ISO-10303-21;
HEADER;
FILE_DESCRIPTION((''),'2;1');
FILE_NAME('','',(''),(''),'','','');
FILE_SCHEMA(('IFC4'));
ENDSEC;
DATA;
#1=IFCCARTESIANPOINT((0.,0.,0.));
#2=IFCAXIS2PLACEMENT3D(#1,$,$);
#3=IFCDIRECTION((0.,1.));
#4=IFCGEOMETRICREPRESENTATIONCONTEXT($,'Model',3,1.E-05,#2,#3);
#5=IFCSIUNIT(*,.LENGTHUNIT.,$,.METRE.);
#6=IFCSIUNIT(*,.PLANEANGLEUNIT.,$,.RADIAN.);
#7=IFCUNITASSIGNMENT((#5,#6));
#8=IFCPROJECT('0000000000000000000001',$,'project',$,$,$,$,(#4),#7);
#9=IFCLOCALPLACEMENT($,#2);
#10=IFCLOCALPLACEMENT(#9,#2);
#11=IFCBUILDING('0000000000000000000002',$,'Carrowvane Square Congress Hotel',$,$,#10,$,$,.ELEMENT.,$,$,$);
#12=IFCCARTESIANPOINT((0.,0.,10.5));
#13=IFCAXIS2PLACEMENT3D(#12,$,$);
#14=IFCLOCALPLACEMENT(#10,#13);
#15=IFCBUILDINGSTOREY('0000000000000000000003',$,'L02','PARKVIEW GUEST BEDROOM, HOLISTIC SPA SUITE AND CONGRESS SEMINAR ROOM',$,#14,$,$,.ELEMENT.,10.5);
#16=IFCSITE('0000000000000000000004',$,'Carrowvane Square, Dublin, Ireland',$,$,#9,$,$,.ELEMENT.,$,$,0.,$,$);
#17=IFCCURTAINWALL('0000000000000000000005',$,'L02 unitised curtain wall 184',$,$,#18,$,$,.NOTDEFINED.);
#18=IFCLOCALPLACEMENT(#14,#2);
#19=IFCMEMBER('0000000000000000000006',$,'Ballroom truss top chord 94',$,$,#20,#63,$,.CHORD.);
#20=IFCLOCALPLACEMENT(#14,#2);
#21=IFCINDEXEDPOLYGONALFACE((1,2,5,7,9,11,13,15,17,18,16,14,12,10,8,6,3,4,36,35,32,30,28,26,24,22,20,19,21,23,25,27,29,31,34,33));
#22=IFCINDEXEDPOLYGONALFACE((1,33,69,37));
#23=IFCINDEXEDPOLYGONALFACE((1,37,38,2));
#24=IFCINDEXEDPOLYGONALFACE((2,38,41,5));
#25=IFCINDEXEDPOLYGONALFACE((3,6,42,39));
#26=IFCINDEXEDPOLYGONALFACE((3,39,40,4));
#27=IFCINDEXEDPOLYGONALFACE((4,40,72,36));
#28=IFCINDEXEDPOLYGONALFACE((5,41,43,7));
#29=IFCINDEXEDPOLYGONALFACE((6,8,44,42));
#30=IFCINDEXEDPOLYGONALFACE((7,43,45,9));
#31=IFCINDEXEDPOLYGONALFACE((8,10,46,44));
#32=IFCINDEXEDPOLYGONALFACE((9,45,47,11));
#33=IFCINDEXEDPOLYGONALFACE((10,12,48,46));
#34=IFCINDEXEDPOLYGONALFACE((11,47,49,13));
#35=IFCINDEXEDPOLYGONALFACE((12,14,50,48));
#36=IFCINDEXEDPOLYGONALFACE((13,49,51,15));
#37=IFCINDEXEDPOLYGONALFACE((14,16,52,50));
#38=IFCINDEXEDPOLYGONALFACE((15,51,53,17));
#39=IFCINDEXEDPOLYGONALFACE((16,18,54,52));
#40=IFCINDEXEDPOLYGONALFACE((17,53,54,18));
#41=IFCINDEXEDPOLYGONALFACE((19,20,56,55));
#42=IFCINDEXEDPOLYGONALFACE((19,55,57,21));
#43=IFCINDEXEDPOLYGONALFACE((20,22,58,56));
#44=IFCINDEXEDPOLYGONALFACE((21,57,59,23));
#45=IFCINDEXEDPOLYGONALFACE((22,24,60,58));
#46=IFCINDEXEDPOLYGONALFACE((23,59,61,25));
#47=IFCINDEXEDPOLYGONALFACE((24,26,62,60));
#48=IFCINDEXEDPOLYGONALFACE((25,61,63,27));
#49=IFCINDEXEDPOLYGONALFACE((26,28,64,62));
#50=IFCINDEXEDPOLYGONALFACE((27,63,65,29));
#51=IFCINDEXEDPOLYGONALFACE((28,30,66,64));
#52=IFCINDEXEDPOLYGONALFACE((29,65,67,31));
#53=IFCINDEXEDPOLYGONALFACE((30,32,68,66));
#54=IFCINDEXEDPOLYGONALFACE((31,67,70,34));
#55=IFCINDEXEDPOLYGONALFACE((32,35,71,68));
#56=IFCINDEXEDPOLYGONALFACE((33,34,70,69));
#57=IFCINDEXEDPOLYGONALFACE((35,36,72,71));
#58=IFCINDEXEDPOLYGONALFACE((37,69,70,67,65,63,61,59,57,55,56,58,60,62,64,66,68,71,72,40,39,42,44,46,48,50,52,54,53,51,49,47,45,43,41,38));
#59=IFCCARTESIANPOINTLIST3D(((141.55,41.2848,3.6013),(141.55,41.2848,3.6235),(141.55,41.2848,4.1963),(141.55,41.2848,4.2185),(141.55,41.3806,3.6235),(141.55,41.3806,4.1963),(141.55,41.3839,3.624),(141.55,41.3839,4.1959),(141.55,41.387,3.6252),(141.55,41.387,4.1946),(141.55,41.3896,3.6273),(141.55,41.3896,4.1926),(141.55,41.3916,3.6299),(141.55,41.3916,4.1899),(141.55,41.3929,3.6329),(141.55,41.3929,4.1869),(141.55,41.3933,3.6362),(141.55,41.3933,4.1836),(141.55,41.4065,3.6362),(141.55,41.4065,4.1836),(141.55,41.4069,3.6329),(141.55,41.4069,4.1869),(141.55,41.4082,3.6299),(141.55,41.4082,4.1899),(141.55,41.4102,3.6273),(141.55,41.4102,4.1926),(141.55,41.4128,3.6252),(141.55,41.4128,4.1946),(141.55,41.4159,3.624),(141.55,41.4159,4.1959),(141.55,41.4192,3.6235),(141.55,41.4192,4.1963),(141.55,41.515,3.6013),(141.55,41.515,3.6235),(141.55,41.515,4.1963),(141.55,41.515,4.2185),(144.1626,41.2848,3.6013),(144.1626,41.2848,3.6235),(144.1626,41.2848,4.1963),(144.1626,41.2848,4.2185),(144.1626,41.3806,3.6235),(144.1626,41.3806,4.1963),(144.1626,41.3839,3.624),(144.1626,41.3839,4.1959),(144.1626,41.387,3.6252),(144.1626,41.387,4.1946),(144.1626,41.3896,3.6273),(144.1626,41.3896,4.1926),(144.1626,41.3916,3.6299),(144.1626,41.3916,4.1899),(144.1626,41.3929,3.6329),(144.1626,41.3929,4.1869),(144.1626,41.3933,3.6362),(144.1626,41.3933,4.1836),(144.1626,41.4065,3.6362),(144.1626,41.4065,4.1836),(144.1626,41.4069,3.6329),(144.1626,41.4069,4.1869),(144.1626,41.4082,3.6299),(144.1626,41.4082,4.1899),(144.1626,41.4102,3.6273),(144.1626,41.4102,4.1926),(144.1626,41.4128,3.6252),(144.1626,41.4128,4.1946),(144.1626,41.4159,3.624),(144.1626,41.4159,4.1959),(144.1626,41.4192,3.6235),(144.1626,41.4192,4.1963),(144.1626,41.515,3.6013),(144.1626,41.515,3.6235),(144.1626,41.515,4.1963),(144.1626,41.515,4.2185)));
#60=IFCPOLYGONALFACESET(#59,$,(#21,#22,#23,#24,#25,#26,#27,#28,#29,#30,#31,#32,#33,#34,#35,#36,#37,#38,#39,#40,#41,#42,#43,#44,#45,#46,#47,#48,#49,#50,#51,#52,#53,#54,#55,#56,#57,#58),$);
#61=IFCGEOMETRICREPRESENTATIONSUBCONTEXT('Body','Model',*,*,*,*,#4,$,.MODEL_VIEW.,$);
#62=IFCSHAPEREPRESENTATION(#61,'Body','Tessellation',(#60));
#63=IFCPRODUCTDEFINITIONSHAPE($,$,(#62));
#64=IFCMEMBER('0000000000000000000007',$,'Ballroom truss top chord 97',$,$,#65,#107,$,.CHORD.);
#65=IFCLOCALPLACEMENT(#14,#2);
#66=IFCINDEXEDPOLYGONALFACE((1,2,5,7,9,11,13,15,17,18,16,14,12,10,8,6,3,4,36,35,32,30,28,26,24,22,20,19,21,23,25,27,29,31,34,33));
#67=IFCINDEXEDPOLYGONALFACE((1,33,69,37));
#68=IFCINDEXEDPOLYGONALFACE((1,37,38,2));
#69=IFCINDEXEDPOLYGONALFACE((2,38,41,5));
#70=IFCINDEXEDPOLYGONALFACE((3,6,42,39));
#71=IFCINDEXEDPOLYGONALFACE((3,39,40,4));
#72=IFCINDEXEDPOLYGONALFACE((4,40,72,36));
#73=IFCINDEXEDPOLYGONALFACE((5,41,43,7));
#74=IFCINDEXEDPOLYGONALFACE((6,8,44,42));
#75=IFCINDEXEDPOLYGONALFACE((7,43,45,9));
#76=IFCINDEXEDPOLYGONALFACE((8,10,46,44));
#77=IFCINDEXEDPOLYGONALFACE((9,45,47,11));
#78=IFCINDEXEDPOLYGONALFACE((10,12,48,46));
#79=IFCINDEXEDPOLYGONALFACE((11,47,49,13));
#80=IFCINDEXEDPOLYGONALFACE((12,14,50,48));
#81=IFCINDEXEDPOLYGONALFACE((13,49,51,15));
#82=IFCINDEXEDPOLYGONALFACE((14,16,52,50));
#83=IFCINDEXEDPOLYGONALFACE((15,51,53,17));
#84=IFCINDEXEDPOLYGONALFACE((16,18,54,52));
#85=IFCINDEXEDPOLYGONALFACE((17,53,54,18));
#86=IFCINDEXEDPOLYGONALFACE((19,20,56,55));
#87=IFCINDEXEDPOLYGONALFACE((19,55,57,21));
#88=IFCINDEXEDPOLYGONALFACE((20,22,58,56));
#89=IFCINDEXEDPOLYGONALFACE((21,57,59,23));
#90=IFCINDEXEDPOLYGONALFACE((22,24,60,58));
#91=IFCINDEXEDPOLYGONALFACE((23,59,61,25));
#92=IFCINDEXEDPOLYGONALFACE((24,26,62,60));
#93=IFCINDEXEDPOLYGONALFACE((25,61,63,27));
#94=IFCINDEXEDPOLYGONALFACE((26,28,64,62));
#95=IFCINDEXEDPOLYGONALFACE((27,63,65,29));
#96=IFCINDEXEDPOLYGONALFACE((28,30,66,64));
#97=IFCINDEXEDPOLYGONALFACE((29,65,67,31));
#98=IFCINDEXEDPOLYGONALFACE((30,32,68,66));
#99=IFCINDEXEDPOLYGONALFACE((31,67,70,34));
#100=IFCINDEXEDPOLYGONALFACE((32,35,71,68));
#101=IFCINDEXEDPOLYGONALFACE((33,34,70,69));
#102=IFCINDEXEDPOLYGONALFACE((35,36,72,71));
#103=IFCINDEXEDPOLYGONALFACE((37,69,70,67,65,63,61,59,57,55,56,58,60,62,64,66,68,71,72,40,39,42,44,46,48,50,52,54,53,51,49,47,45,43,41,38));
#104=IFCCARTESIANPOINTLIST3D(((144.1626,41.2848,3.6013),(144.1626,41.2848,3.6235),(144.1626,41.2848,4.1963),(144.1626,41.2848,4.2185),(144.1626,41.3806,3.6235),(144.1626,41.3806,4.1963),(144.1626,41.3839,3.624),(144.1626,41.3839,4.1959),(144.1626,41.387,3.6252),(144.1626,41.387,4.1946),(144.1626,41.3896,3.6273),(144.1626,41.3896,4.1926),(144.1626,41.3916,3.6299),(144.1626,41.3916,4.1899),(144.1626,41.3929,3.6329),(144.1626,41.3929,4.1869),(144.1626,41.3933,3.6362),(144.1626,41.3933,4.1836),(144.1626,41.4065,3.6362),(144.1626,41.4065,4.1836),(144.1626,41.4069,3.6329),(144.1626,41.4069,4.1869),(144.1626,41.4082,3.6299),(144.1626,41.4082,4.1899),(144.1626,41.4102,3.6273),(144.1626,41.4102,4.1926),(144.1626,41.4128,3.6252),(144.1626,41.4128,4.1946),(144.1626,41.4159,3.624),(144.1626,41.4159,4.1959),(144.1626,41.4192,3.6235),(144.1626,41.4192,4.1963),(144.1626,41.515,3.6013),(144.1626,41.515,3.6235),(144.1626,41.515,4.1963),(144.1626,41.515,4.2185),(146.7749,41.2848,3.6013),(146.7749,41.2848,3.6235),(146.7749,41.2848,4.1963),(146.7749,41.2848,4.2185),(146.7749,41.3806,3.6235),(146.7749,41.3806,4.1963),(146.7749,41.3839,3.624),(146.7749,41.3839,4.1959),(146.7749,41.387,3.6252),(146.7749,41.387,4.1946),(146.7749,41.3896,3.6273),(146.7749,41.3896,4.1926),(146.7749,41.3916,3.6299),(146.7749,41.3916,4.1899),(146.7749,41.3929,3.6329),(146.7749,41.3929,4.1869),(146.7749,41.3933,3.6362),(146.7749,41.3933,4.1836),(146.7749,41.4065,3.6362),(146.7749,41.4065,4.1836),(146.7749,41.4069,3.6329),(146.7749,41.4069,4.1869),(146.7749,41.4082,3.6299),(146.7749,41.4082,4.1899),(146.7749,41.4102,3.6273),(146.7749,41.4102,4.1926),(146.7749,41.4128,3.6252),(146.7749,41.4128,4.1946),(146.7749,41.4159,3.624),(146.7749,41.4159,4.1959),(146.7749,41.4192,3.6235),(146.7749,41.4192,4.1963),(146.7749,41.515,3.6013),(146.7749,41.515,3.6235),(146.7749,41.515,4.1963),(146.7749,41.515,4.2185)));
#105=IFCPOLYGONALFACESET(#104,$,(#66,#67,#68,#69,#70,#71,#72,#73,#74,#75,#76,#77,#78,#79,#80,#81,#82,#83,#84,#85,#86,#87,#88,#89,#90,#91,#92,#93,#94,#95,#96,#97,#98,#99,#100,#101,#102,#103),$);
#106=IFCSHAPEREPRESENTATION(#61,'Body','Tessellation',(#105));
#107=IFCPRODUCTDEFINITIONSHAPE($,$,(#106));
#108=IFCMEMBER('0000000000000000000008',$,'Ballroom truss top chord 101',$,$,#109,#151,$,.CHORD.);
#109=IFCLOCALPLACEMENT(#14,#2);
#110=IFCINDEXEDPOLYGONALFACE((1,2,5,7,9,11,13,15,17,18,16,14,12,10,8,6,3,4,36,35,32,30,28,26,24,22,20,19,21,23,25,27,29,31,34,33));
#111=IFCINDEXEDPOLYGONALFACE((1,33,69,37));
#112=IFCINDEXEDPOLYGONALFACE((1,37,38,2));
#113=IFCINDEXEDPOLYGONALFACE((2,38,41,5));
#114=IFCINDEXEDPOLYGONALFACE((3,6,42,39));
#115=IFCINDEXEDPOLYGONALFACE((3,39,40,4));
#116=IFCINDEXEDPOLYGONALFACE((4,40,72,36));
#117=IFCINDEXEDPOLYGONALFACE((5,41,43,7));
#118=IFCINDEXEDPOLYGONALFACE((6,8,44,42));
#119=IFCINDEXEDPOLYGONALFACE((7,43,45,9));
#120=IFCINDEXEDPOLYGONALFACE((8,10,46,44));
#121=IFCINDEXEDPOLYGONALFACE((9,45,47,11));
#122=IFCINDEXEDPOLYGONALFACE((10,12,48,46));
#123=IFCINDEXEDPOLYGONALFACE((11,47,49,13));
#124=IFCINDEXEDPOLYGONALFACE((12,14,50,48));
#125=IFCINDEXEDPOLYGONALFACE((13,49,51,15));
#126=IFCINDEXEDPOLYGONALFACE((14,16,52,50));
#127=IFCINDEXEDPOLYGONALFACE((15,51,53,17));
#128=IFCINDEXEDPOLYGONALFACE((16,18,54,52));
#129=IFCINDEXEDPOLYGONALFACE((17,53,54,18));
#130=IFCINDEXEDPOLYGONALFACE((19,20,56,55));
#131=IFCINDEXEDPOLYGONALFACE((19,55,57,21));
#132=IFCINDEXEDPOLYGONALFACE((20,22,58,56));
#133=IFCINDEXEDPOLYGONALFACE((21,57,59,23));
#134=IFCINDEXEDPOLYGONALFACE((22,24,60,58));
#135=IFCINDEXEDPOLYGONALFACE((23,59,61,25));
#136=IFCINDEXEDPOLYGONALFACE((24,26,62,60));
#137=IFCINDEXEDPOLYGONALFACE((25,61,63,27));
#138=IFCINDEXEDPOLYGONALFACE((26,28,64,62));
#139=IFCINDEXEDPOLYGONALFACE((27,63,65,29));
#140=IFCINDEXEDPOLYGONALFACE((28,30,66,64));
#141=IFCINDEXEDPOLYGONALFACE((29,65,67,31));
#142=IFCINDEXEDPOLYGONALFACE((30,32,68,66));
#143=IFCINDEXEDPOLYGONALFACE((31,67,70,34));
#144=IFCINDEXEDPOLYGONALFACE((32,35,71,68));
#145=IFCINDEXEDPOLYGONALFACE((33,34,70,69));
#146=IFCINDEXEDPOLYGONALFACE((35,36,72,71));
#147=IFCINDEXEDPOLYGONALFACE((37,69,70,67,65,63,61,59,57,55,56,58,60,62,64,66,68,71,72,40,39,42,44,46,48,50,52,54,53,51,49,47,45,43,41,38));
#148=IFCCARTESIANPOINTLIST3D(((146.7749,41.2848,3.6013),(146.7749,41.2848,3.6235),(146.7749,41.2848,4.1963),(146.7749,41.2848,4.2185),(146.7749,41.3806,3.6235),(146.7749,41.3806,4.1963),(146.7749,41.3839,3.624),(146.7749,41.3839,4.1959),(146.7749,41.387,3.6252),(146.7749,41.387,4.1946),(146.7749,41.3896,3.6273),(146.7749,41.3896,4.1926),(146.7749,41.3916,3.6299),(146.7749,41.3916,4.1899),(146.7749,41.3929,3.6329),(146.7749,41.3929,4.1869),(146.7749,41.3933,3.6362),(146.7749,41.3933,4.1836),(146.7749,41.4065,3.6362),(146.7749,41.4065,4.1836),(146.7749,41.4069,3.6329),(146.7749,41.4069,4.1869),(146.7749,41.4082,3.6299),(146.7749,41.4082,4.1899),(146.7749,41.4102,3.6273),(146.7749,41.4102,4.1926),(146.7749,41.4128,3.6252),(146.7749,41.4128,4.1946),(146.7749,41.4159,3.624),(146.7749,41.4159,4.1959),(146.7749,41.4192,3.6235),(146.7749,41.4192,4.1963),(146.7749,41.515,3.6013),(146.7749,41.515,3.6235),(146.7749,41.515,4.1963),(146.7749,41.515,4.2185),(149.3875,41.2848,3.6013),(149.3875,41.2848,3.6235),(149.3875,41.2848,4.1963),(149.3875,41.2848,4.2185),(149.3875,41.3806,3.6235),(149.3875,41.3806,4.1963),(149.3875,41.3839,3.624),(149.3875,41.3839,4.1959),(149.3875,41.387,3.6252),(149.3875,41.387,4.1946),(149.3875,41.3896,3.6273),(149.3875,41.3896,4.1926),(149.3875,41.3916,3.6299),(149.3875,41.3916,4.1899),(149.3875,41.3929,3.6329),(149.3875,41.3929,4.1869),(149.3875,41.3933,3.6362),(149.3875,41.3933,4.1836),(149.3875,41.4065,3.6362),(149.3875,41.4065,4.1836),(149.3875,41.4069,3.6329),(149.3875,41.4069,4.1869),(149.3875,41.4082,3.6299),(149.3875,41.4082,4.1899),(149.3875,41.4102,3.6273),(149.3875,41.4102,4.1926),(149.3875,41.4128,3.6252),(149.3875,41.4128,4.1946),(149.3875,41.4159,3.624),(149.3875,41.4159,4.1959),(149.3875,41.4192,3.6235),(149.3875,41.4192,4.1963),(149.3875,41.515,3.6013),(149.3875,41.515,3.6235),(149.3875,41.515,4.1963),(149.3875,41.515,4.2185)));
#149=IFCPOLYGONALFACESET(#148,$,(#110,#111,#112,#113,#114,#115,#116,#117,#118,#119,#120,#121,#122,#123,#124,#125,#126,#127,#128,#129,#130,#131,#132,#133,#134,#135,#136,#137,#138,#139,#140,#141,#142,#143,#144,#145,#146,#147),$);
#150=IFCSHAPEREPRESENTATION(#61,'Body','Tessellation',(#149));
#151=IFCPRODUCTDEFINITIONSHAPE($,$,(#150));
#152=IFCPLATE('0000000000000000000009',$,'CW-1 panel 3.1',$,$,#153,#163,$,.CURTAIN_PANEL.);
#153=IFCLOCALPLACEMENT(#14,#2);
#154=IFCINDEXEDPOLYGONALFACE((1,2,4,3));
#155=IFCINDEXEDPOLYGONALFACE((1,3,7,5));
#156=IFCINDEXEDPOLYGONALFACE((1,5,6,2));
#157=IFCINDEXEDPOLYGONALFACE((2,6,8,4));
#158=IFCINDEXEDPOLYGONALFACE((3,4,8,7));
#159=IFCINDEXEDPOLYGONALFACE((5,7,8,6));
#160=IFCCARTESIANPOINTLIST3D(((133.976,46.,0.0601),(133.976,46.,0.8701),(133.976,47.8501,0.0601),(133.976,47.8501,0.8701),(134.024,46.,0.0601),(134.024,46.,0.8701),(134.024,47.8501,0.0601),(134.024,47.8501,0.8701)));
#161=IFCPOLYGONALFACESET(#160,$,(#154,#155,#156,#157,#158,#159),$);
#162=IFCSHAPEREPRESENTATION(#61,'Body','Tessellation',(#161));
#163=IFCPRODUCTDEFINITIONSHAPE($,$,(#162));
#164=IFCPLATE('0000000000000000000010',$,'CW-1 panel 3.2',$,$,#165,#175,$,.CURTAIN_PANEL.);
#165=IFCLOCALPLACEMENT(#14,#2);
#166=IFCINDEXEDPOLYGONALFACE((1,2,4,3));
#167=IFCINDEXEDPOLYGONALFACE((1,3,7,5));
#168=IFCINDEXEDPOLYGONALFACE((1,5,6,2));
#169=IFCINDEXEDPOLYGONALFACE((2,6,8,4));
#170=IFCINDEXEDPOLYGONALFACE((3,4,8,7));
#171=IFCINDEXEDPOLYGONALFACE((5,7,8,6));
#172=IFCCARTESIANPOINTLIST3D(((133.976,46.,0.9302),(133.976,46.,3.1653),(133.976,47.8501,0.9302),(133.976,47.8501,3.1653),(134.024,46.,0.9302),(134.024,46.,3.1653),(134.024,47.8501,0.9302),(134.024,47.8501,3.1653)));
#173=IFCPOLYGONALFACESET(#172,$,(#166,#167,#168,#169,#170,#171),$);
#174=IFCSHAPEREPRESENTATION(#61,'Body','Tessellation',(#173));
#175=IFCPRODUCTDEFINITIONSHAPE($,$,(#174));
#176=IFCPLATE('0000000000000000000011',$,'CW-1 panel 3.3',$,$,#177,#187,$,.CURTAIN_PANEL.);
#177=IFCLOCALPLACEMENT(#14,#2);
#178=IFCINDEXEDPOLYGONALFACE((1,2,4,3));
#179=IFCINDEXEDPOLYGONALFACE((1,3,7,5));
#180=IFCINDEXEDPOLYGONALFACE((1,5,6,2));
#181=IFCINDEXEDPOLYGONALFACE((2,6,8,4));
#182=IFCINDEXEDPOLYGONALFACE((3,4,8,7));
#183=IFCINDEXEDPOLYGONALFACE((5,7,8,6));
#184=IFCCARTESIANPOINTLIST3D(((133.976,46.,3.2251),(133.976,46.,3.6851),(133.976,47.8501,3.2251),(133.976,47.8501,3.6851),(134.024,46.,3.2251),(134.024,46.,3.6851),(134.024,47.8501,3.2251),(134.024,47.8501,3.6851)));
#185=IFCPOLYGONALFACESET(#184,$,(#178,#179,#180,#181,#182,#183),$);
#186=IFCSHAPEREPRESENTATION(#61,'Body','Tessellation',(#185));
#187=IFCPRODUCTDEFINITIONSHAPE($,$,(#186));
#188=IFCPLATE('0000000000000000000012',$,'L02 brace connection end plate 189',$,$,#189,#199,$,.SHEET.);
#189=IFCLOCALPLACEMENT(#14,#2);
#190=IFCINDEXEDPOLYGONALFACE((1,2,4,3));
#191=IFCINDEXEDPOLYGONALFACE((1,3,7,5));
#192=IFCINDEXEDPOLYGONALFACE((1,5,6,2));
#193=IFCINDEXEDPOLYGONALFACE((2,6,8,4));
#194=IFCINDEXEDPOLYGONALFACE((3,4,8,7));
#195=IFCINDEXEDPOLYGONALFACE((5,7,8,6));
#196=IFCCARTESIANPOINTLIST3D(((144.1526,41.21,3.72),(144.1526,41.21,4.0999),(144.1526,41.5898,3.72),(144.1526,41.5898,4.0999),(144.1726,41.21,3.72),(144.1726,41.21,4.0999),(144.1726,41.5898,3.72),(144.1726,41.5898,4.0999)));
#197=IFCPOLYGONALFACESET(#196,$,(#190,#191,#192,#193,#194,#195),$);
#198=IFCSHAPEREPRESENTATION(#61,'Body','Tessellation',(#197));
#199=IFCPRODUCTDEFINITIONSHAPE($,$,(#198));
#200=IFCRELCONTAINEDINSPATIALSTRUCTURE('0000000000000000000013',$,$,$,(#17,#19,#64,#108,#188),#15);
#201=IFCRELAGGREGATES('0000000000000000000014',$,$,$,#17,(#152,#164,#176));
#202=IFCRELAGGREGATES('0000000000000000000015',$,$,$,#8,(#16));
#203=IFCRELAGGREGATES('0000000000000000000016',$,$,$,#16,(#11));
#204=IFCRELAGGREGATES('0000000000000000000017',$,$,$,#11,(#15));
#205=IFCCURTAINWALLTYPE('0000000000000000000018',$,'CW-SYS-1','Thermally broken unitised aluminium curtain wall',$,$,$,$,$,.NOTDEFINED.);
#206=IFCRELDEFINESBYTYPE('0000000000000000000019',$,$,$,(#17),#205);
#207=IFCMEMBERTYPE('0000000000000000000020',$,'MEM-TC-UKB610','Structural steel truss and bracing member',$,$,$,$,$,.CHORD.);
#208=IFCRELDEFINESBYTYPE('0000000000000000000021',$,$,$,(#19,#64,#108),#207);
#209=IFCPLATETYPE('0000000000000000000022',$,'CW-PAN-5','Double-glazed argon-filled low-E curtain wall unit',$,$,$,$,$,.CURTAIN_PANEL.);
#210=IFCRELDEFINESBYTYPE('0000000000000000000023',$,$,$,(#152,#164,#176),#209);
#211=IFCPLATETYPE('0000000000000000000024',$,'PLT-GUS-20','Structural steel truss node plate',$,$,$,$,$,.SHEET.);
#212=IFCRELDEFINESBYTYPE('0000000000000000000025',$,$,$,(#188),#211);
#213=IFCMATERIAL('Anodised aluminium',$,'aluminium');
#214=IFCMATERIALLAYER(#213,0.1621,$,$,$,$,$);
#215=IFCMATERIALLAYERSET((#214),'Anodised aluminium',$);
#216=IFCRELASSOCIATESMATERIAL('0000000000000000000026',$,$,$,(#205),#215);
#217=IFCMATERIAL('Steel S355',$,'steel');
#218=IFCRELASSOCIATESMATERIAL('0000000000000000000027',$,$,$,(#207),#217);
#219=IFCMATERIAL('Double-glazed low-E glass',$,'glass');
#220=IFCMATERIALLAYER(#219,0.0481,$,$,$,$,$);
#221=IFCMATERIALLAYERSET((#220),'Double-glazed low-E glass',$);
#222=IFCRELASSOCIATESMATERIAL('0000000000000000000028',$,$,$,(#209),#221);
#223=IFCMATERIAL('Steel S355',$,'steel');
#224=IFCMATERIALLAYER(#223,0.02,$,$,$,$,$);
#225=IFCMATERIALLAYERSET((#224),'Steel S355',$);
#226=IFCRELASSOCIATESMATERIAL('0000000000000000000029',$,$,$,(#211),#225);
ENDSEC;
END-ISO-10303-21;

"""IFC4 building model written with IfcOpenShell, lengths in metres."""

from ifc_helpers import new_model, si_unit, direction, frame, origin, origin_2d, place, context, subcontext, project, spatial, rectangle, i_section, extrude, material, layer, layer_set, material_profile, profile_set, type_object, element, aggregate, save


model = new_model("IFC4")

# Units and contexts
model_context = context("Model", 3, precision=1e-05, world=origin(), true_north=direction((0.0, 1.0)))
body_context = subcontext(model_context, "Body", "Model", "MODEL_VIEW")
ifc_project = project(units=[si_unit("LENGTHUNIT", "METRE"), si_unit("PLANEANGLEUNIT", "RADIAN")], contexts=[model_context])

# Site, building, storey
site_placement = place(None, origin())
site = spatial("IfcSite", under=ifc_project, at=site_placement, Name="Carrowvane Square, Dublin, Ireland", CompositionType="ELEMENT", RefElevation=0.0)
building_placement = place(site_placement, origin())
building = spatial("IfcBuilding", under=site, at=building_placement, Name="Carrowvane Square Congress Hotel", CompositionType="ELEMENT")
storey_placement = place(building_placement, frame((0.0, 0.0, 10.5)))
storey = spatial("IfcBuildingStorey", under=building, at=storey_placement, Name="L02", Description="PARKVIEW GUEST BEDROOM, HOLISTIC SPA SUITE AND CONGRESS SEMINAR ROOM", CompositionType="ELEMENT", Elevation=10.5)

# Curtain wall
ifc_material_1 = material(Name="Anodised aluminium", Category="aluminium")
ifc_layer_1 = layer(ifc_material_1, 0.1621)
ifc_layer_set_1 = layer_set([ifc_layer_1], Name="Anodised aluminium")
curtain_wall_type = type_object("IfcCurtainWallType", Name="CW-SYS-1", Description="Thermally broken unitised aluminium curtain wall", PredefinedType="NOTDEFINED", material=ifc_layer_set_1)
curtain_wall_placement = place(storey_placement, origin())
curtain_wall = element("IfcCurtainWall", 1, at=curtain_wall_placement, inside=storey, type_object=curtain_wall_type, Name="L02 unitised curtain wall 184", PredefinedType="NOTDEFINED")

# Members
ifc_material_2 = material(Name="Steel S355", Category="steel")
ifc_material_profile_1 = material_profile(ifc_material_2, i_section(OverallWidth=0.2302, OverallDepth=0.6172, WebThickness=0.0132, FlangeThickness=0.0222, FilletRadius=0.0127, at=origin_2d()), Name="UKB 610x229x140")
ifc_profile_set_1 = profile_set([ifc_material_profile_1], Name="Steel S355")
member_type_1 = type_object("IfcMemberType", Name="MEM-TC-UKB610", Description="Structural steel truss and bracing member", PredefinedType="CHORD", material=ifc_profile_set_1)
member_1_placement = place(storey_placement, frame((141.55, 41.3999, 3.9099), z_axis=(1.0, 0.0, 0.0), x_axis=(0.0, 1.0, 0.0)))
element("IfcMember", 2, at=member_1_placement, inside=storey, type_object=member_type_1, Name="Ballroom truss top chord 94", PredefinedType="CHORD", context=body_context, shape_type="SweptSolid", body=[
    extrude(i_section(OverallWidth=0.2302, OverallDepth=0.6172, WebThickness=0.0132, FlangeThickness=0.0222, FilletRadius=0.0127, at=origin_2d()), origin(), (0.0, 0.0, 1.0), 2.6125),
])
member_2_placement = place(storey_placement, frame((144.1626, 41.3999, 3.9099), z_axis=(1.0, 0.0, 0.0), x_axis=(0.0, 1.0, 0.0)))
element("IfcMember", 3, at=member_2_placement, inside=storey, type_object=member_type_1, Name="Ballroom truss top chord 97", PredefinedType="CHORD", context=body_context, shape_type="SweptSolid", body=[
    extrude(i_section(OverallWidth=0.2302, OverallDepth=0.6172, WebThickness=0.0132, FlangeThickness=0.0222, FilletRadius=0.0127, at=origin_2d()), origin(), (0.0, 0.0, 1.0), 2.6123),
])
member_3_placement = place(storey_placement, frame((146.7749, 41.3999, 3.9099), z_axis=(1.0, 0.0, 0.0), x_axis=(0.0, 1.0, 0.0)))
element("IfcMember", 4, at=member_3_placement, inside=storey, type_object=member_type_1, Name="Ballroom truss top chord 101", PredefinedType="CHORD", context=body_context, shape_type="SweptSolid", body=[
    extrude(i_section(OverallWidth=0.2302, OverallDepth=0.6172, WebThickness=0.0132, FlangeThickness=0.0222, FilletRadius=0.0127, at=origin_2d()), origin(), (0.0, 0.0, 1.0), 2.6125),
])

# Plates
ifc_material_3 = material(Name="Double-glazed low-E glass", Category="glass")
ifc_layer_2 = layer(ifc_material_3, 0.0481)
ifc_layer_set_2 = layer_set([ifc_layer_2], Name="Double-glazed low-E glass")
plate_type_1 = type_object("IfcPlateType", Name="CW-PAN-5", Description="Double-glazed argon-filled low-E curtain wall unit", PredefinedType="CURTAIN_PANEL", material=ifc_layer_set_2)
plate_1_placement = place(storey_placement, frame((134.0, 46.925, 0.0601), z_axis=(0.0, 0.0, 1.0), x_axis=(0.0, 1.0, 0.0)))
plate_1 = element("IfcPlate", 5, at=plate_1_placement, type_object=plate_type_1, Name="CW-1 panel 3.1", PredefinedType="CURTAIN_PANEL", context=body_context, shape_type="SweptSolid", body=[
    extrude(rectangle(XDim=1.8501, YDim=0.0481, at=origin_2d()), origin(), (0.0, 0.0, 1.0), 0.8101),
])
plate_2_placement = place(storey_placement, frame((134.0, 46.925, 0.9302), z_axis=(0.0, 0.0, 1.0), x_axis=(0.0, 1.0, 0.0)))
plate_2 = element("IfcPlate", 6, at=plate_2_placement, type_object=plate_type_1, Name="CW-1 panel 3.2", PredefinedType="CURTAIN_PANEL", context=body_context, shape_type="SweptSolid", body=[
    extrude(rectangle(XDim=1.8501, YDim=0.0481, at=origin_2d()), origin(), (0.0, 0.0, 1.0), 2.2351),
])
plate_3_placement = place(storey_placement, frame((134.0, 46.925, 3.2251), z_axis=(0.0, 0.0, 1.0), x_axis=(0.0, 1.0, 0.0)))
plate_3 = element("IfcPlate", 7, at=plate_3_placement, type_object=plate_type_1, Name="CW-1 panel 3.3", PredefinedType="CURTAIN_PANEL", context=body_context, shape_type="SweptSolid", body=[
    extrude(rectangle(XDim=1.8501, YDim=0.0481, at=origin_2d()), origin(), (0.0, 0.0, 1.0), 0.46),
])
aggregate(curtain_wall, [plate_1, plate_2, plate_3])

# Plate
ifc_material_4 = material(Name="Steel S355", Category="steel")
ifc_layer_3 = layer(ifc_material_4, 0.02)
ifc_layer_set_3 = layer_set([ifc_layer_3], Name="Steel S355")
plate_type_2 = type_object("IfcPlateType", Name="PLT-GUS-20", Description="Structural steel truss node plate", PredefinedType="SHEET", material=ifc_layer_set_3)
plate_4_placement = place(storey_placement, frame((144.1626, 41.3999, 3.72), z_axis=(0.0, 0.0, 1.0), x_axis=(1.0, 0.0, 0.0)))
element("IfcPlate", 8, at=plate_4_placement, inside=storey, type_object=plate_type_2, Name="L02 brace connection end plate 189", PredefinedType="SHEET", context=body_context, shape_type="SweptSolid", body=[
    extrude(rectangle(XDim=0.02, YDim=0.3799, at=origin_2d()), origin(), (0.0, 0.0, 1.0), 0.3799),
])

save(model, "model.ifc")
